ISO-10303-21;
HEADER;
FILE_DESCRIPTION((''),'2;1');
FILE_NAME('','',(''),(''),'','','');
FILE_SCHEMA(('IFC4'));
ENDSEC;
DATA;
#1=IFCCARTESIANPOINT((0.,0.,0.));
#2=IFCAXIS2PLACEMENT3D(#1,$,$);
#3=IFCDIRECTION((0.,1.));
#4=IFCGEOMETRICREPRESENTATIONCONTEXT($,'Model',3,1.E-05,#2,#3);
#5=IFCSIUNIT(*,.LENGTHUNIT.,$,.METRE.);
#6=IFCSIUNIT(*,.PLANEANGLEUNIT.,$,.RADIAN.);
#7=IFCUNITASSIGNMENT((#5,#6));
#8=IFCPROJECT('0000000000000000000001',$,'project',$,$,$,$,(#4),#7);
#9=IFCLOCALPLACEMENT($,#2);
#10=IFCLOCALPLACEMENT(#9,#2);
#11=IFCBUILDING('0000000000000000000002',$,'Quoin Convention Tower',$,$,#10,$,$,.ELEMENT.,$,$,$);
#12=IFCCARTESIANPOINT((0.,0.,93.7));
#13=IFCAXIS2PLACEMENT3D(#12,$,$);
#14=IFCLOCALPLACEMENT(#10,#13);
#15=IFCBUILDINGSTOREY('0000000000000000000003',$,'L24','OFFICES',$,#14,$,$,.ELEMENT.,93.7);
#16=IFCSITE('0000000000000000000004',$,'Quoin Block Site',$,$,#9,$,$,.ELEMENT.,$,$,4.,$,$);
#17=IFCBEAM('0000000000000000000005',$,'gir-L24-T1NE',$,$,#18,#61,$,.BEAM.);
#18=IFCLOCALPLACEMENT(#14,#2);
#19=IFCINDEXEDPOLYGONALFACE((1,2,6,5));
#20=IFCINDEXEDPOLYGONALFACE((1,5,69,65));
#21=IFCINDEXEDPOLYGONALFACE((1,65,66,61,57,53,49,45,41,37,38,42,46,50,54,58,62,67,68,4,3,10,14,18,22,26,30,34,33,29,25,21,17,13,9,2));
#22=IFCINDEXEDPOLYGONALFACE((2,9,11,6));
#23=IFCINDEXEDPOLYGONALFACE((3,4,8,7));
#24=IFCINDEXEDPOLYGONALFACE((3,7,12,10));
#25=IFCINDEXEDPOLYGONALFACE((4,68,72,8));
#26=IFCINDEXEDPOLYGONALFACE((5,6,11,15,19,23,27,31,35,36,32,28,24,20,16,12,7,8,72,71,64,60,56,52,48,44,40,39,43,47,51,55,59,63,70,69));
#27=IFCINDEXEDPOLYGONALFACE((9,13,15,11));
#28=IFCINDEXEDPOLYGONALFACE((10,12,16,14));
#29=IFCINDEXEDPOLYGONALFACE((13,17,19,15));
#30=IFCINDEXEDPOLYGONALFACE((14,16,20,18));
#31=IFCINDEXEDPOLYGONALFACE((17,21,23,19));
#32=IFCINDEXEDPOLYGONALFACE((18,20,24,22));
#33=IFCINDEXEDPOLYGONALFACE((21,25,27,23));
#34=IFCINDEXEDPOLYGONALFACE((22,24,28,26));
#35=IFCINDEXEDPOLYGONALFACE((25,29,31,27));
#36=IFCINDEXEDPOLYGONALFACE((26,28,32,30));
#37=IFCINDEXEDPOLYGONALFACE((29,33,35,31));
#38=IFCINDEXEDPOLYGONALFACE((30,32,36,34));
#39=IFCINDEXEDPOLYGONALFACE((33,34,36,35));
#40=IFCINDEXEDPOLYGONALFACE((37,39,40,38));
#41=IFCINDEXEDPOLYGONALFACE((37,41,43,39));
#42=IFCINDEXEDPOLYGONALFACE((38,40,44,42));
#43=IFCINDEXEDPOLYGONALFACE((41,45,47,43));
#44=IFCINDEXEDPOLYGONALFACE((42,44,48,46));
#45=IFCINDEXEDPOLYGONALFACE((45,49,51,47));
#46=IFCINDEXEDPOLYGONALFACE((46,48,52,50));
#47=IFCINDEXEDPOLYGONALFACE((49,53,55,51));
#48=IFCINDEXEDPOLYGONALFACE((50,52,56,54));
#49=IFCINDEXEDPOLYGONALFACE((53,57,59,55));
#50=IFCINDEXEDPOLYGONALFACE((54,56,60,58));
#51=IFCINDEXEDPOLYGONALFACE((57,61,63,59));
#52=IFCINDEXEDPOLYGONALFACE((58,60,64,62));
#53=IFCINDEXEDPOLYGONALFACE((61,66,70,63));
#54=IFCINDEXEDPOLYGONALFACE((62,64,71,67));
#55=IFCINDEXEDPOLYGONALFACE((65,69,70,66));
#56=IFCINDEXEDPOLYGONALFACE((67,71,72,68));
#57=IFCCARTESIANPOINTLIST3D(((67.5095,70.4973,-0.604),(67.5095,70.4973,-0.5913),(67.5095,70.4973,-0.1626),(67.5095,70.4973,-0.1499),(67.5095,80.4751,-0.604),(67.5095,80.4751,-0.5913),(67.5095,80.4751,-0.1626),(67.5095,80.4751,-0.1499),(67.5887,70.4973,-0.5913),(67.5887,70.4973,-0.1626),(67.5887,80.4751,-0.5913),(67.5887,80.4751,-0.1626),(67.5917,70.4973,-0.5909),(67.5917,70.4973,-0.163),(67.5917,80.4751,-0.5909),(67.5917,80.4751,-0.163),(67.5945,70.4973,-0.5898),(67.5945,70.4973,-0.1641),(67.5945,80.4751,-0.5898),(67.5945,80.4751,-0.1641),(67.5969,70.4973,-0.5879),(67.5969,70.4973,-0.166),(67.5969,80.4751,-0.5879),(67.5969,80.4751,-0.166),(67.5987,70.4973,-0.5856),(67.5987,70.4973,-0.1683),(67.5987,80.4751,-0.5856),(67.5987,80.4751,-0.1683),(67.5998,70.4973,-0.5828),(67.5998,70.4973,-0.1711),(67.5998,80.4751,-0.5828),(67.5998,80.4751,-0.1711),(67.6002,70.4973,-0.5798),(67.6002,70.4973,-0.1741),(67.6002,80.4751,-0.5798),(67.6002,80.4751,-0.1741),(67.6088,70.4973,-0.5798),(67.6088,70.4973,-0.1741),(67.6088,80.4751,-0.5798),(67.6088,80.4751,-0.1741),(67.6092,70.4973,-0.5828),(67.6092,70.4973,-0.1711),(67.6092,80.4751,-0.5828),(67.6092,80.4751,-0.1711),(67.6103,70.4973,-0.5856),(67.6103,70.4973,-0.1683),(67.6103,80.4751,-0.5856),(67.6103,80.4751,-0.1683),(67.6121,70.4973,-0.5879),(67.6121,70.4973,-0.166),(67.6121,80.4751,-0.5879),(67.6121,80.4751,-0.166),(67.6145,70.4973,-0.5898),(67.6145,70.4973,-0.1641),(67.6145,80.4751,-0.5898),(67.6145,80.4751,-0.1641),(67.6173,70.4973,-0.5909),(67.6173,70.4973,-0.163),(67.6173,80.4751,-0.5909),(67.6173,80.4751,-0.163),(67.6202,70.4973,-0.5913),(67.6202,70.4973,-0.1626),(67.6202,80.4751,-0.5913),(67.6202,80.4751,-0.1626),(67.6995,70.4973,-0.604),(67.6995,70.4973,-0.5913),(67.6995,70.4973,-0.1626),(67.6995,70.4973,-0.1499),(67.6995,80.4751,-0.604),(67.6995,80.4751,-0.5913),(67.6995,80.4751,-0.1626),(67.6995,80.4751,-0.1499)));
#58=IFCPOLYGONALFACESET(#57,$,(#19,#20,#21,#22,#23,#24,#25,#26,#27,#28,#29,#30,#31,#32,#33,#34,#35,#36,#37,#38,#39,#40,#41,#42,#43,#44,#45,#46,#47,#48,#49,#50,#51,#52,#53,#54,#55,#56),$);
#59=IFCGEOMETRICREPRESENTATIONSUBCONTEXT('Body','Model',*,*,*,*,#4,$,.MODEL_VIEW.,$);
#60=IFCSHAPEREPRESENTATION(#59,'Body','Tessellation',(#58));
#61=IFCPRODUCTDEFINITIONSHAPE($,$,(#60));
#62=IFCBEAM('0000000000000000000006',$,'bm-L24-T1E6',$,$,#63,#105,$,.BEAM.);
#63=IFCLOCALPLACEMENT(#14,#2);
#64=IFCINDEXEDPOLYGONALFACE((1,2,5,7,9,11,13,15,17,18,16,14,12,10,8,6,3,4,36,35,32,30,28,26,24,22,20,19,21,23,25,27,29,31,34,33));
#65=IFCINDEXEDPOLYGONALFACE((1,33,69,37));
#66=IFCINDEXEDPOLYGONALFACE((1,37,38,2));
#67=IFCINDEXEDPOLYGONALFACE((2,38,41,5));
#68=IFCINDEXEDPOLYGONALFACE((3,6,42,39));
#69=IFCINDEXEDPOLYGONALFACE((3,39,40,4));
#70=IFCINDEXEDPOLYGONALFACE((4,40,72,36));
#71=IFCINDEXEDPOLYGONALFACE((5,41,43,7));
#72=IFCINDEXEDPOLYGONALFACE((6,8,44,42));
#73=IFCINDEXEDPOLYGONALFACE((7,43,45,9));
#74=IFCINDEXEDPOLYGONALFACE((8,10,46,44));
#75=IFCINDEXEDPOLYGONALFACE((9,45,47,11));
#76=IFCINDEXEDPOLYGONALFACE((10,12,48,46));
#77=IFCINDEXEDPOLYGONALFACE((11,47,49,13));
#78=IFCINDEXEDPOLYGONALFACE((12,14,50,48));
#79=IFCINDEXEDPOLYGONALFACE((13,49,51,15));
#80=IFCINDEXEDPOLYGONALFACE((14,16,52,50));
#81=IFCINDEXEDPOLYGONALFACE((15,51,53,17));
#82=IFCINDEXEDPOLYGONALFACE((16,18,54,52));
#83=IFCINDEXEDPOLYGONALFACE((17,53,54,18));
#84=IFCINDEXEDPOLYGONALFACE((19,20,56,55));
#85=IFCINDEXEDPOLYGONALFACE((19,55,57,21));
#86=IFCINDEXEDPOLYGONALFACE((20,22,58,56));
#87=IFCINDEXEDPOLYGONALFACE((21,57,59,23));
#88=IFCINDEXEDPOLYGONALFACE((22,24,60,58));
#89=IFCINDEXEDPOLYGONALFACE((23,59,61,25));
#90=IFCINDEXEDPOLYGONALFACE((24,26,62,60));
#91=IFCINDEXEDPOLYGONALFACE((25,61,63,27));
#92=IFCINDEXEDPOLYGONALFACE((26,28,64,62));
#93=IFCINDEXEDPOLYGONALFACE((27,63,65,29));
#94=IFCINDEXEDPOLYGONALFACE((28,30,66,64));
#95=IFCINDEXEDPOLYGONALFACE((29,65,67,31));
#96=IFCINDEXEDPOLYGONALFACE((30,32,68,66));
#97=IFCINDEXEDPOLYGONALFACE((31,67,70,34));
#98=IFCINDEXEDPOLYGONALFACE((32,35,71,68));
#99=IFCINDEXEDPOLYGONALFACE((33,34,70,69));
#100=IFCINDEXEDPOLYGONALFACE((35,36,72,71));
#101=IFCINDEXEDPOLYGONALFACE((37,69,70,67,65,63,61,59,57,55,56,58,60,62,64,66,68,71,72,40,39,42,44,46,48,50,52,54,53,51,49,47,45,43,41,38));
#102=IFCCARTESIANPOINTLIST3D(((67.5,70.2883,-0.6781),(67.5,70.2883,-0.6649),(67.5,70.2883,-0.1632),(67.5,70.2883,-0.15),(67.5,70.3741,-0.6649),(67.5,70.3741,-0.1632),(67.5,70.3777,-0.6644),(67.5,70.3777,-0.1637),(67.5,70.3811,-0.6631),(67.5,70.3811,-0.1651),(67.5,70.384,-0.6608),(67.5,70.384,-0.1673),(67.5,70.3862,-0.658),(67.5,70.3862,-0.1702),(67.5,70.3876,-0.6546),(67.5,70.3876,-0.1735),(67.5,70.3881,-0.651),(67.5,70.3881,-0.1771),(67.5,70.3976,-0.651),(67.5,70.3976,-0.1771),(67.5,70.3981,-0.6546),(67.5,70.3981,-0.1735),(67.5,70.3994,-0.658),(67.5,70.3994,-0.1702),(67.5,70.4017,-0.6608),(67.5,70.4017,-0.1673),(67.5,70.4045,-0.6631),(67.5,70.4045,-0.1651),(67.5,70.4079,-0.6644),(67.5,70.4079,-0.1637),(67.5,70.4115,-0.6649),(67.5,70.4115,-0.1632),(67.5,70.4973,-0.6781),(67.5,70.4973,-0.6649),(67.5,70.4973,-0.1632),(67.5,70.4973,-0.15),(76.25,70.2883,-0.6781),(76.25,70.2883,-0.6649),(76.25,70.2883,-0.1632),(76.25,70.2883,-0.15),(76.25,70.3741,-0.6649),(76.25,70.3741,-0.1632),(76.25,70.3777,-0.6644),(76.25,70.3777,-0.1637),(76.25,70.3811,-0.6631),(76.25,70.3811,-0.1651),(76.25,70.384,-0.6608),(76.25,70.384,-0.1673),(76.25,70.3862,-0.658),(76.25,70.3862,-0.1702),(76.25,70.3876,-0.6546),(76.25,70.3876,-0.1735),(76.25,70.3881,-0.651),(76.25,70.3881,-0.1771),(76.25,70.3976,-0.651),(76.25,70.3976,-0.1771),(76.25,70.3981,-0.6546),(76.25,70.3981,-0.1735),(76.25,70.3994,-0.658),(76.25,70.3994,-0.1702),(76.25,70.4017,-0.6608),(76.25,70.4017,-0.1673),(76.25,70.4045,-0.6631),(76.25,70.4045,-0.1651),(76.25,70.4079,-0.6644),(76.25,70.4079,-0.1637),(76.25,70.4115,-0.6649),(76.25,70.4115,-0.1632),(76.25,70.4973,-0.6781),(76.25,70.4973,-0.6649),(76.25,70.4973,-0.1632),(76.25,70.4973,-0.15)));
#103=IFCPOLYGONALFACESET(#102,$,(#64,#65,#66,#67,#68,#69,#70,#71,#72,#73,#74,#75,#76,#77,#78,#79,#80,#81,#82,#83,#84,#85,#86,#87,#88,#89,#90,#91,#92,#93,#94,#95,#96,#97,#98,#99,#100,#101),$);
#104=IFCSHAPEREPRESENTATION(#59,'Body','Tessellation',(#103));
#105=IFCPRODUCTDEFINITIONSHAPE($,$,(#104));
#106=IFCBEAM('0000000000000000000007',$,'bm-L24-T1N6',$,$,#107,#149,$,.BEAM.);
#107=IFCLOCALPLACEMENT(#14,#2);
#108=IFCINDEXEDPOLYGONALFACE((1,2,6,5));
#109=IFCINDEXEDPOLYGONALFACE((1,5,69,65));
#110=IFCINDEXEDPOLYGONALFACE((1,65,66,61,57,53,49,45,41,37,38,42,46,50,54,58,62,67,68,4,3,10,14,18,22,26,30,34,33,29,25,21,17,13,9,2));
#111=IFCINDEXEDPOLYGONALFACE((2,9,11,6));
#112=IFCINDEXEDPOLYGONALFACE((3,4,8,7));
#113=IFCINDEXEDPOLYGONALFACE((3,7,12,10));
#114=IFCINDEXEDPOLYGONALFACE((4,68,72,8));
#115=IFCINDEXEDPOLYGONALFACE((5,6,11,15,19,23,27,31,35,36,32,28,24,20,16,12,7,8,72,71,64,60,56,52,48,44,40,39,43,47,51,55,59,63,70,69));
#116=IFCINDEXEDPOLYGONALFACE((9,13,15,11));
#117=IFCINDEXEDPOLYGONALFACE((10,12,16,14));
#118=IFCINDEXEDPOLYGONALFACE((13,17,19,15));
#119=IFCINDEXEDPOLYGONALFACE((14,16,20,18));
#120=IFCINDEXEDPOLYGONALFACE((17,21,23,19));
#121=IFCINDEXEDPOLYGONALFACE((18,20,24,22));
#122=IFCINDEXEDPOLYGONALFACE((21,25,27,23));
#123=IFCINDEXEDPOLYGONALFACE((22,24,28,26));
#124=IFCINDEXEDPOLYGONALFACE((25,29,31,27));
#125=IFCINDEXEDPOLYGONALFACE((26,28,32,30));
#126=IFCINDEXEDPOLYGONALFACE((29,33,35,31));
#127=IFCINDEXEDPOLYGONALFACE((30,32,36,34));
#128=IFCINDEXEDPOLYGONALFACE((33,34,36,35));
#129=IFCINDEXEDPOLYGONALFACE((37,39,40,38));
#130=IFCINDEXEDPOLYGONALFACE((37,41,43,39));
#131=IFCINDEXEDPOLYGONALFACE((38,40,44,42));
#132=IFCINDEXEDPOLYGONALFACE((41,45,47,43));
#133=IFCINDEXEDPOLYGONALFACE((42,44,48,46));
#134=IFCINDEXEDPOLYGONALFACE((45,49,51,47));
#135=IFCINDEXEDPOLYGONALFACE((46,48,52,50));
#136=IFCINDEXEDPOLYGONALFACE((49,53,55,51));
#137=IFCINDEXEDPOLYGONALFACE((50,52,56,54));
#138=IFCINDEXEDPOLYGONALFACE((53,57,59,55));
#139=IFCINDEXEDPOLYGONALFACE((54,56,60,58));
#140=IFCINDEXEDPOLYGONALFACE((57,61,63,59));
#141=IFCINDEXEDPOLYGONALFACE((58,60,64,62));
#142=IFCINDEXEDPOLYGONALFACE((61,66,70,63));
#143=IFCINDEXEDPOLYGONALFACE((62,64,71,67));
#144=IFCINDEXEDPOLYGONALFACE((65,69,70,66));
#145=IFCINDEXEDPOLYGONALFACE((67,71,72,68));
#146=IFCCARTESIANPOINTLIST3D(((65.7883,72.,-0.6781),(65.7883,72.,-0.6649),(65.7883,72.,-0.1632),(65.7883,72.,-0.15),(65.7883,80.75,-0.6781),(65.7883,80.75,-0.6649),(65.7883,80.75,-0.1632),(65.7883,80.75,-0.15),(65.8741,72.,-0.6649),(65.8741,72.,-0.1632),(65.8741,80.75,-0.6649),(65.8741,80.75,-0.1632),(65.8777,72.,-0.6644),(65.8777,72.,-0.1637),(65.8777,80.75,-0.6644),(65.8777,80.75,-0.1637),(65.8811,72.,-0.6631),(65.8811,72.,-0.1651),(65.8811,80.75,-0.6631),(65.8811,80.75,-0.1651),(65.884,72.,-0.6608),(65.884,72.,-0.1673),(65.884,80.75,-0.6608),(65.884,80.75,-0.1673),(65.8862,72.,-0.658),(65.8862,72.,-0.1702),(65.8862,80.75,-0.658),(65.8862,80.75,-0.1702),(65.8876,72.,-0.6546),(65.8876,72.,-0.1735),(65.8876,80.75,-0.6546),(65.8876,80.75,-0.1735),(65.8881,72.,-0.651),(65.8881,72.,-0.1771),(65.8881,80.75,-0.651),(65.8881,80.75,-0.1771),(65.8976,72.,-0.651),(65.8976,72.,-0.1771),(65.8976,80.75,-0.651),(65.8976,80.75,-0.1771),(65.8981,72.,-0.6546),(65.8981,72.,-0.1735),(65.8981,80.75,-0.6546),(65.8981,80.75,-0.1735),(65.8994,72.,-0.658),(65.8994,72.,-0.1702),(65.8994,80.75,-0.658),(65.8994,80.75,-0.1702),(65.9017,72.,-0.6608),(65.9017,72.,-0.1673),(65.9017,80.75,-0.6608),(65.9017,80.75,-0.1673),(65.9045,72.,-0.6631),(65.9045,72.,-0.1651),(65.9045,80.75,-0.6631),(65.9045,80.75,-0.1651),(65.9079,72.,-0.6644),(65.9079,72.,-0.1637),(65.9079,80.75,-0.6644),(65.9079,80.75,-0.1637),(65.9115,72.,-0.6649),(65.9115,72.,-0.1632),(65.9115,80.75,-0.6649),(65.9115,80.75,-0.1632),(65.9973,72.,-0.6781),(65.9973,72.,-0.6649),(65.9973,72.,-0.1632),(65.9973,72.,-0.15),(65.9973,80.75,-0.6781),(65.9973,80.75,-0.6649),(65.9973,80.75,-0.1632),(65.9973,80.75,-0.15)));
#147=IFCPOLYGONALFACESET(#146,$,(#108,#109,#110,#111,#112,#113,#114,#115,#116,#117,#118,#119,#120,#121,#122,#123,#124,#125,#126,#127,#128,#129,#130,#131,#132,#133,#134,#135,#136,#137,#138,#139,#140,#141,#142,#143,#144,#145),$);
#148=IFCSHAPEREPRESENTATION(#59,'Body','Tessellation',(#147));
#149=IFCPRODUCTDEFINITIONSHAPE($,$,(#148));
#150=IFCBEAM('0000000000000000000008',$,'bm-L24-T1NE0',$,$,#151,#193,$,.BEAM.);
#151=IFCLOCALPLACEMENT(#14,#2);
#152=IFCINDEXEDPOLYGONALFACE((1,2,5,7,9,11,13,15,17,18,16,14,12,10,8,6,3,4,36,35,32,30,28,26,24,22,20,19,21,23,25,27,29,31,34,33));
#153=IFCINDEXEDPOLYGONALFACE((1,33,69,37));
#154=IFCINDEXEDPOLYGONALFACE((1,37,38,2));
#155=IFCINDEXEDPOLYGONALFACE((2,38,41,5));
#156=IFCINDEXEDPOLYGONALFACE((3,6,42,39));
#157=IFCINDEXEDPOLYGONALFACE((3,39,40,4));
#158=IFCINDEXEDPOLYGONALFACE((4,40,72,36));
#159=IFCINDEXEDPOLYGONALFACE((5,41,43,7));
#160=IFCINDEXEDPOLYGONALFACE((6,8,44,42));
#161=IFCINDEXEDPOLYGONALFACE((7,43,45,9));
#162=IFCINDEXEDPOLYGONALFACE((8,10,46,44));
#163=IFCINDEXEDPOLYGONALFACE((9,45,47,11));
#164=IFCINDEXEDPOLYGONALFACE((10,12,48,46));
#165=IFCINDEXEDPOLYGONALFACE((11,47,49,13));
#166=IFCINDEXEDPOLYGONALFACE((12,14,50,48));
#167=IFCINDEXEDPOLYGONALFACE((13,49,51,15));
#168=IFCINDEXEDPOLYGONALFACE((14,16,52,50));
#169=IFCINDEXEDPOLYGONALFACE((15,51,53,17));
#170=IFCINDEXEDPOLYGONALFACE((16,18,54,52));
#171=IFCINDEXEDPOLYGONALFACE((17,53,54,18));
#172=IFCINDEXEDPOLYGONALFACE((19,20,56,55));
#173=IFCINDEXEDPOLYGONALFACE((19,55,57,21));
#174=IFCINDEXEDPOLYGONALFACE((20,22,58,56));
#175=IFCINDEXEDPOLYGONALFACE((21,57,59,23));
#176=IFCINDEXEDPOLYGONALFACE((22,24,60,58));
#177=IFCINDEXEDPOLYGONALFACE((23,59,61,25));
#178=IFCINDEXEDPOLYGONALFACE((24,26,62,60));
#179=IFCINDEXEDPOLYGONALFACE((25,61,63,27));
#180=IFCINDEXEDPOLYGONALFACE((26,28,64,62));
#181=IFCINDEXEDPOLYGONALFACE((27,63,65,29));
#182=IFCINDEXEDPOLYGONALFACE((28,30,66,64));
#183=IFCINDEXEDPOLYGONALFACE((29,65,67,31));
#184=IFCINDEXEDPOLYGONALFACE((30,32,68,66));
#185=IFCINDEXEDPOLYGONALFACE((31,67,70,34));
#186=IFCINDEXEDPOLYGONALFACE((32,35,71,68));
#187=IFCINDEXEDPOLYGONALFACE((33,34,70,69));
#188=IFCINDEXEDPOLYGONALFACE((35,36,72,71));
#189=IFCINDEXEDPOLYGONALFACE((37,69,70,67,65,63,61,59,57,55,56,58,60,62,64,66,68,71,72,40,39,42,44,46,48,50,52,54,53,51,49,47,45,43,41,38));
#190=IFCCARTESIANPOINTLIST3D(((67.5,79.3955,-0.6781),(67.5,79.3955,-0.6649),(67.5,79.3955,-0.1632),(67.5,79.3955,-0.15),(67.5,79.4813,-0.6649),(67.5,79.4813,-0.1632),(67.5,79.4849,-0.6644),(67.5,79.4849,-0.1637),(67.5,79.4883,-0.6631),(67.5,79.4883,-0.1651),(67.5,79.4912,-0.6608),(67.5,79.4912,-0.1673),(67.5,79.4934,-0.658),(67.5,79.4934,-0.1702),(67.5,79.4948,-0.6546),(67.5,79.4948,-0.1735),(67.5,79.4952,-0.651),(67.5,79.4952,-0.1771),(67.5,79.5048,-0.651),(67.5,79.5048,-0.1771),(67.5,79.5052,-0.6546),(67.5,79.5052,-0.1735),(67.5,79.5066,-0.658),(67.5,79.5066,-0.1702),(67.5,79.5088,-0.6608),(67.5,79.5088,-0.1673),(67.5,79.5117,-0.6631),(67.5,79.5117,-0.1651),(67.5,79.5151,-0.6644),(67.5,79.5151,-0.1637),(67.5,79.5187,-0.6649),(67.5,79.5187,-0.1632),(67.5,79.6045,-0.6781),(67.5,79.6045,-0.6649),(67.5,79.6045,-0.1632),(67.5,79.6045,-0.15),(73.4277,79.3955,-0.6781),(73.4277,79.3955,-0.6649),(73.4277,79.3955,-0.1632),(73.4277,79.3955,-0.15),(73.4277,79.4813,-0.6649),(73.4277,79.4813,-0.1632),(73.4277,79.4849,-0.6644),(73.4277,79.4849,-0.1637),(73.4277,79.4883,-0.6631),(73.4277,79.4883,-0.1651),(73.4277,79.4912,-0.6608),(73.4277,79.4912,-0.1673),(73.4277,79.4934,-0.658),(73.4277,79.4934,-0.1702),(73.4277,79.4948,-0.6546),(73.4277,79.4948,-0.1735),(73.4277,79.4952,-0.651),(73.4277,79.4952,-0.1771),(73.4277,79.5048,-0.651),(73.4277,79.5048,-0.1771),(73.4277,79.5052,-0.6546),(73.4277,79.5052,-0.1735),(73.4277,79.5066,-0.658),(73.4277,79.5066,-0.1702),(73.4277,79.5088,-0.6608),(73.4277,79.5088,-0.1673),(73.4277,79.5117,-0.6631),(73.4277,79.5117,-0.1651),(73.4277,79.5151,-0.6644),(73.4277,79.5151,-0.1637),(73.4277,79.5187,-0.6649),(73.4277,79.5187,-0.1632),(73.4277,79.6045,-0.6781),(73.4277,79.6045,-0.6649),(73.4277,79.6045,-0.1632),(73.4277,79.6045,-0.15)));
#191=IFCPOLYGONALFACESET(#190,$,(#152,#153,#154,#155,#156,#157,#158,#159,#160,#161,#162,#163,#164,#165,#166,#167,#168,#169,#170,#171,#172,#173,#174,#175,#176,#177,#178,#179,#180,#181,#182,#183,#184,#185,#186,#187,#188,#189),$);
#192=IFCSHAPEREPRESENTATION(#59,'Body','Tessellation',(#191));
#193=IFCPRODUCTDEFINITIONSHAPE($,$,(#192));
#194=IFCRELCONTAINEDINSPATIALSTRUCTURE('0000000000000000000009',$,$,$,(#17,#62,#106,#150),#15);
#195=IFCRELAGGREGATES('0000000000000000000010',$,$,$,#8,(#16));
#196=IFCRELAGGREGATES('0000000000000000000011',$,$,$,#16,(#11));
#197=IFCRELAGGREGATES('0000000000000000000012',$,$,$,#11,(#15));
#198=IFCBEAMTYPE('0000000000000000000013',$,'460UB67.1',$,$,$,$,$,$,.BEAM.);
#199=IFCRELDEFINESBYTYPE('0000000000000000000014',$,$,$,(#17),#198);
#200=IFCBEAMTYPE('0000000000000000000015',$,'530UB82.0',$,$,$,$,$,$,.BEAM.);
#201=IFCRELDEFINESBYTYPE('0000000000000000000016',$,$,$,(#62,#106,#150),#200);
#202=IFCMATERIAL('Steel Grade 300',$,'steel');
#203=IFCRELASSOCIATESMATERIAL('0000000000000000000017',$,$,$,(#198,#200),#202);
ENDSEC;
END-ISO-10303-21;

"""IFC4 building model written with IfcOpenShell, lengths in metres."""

from ifc_helpers import new_model, si_unit, direction, frame, origin, origin_2d, place, context, subcontext, project, spatial, i_section, extrude, material, material_profile, profile_set, type_object, element, save


model = new_model("IFC4")

# Units and contexts
model_context = context("Model", 3, precision=1e-05, world=origin(), true_north=direction((0.0, 1.0)))
body_context = subcontext(model_context, "Body", "Model", "MODEL_VIEW")
ifc_project = project(units=[si_unit("LENGTHUNIT", "METRE"), si_unit("PLANEANGLEUNIT", "RADIAN")], contexts=[model_context])

# Site, building, storey
site_placement = place(None, origin())
site = spatial("IfcSite", under=ifc_project, at=site_placement, Name="Quoin Block Site", CompositionType="ELEMENT", RefElevation=4.0)
building_placement = place(site_placement, origin())
building = spatial("IfcBuilding", under=site, at=building_placement, Name="Quoin Convention Tower", CompositionType="ELEMENT")
storey_placement = place(building_placement, frame((0.0, 0.0, 93.7)))
storey = spatial("IfcBuildingStorey", under=building, at=storey_placement, Name="L24", Description="OFFICES", CompositionType="ELEMENT", Elevation=93.7)

# Beams
ifc_material_1 = material(Name="Steel Grade 300", Category="steel")
ifc_material_profile_1 = material_profile(ifc_material_1, i_section(OverallWidth=0.1899, OverallDepth=0.4541, WebThickness=0.0085, FlangeThickness=0.0127, FilletRadius=0.0115, at=origin_2d()), Name="460UB67.1")
ifc_profile_set_1 = profile_set([ifc_material_profile_1], Name="Steel Grade 300")
beam_type_1 = type_object("IfcBeamType", Name="460UB67.1", PredefinedType="BEAM", material=ifc_profile_set_1)
beam_1_placement = place(storey_placement, frame((67.6045, 80.4751, -0.377), z_axis=(0.0, -1.0, 0.0), x_axis=(1.0, 0.0, 0.0)))
element("IfcBeam", 1, at=beam_1_placement, inside=storey, type_object=beam_type_1, Name="gir-L24-T1NE", PredefinedType="BEAM", context=body_context, shape_type="SweptSolid", body=[
    extrude(i_section(OverallWidth=0.1899, OverallDepth=0.4541, WebThickness=0.0085, FlangeThickness=0.0127, FilletRadius=0.0115, at=origin_2d()), origin(), (0.0, 0.0, 1.0), 9.9778),
])
ifc_material_profile_2 = material_profile(ifc_material_1, i_section(OverallWidth=0.209, OverallDepth=0.5281, WebThickness=0.0095, FlangeThickness=0.0132, FilletRadius=0.0139, at=origin_2d()), Name="530UB82.0")
ifc_profile_set_2 = profile_set([ifc_material_profile_2], Name="Steel Grade 300")
beam_type_2 = type_object("IfcBeamType", Name="530UB82.0", PredefinedType="BEAM", material=ifc_profile_set_2)
for number, where, z_axis, x_axis, name in (
    (2, (67.5, 70.3928, -0.4141), (1.0, 0.0, 0.0), (0.0, 1.0, 0.0), "bm-L24-T1E6"),
    (3, (65.8928, 72.0, -0.4141), (0.0, 1.0, 0.0), (-1.0, 0.0, 0.0), "bm-L24-T1N6"),
):
    element("IfcBeam", number, at=place(storey_placement, frame(where, z_axis=z_axis, x_axis=x_axis)), inside=storey, type_object=beam_type_2, Name=name, PredefinedType="BEAM", context=body_context, shape_type="SweptSolid", body=[
        extrude(i_section(OverallWidth=0.209, OverallDepth=0.5281, WebThickness=0.0095, FlangeThickness=0.0132, FilletRadius=0.0139, at=origin_2d()), origin(), (0.0, 0.0, 1.0), 8.75),
    ])
beam_2_placement = place(storey_placement, frame((67.5, 79.5, -0.4141), z_axis=(1.0, 0.0, 0.0), x_axis=(0.0, 1.0, 0.0)))
element("IfcBeam", 4, at=beam_2_placement, inside=storey, type_object=beam_type_2, Name="bm-L24-T1NE0", PredefinedType="BEAM", context=body_context, shape_type="SweptSolid", body=[
    extrude(i_section(OverallWidth=0.209, OverallDepth=0.5281, WebThickness=0.0095, FlangeThickness=0.0132, FilletRadius=0.0139, at=origin_2d()), origin(), (0.0, 0.0, 1.0), 5.9277),
])

save(model, "model.ifc")
